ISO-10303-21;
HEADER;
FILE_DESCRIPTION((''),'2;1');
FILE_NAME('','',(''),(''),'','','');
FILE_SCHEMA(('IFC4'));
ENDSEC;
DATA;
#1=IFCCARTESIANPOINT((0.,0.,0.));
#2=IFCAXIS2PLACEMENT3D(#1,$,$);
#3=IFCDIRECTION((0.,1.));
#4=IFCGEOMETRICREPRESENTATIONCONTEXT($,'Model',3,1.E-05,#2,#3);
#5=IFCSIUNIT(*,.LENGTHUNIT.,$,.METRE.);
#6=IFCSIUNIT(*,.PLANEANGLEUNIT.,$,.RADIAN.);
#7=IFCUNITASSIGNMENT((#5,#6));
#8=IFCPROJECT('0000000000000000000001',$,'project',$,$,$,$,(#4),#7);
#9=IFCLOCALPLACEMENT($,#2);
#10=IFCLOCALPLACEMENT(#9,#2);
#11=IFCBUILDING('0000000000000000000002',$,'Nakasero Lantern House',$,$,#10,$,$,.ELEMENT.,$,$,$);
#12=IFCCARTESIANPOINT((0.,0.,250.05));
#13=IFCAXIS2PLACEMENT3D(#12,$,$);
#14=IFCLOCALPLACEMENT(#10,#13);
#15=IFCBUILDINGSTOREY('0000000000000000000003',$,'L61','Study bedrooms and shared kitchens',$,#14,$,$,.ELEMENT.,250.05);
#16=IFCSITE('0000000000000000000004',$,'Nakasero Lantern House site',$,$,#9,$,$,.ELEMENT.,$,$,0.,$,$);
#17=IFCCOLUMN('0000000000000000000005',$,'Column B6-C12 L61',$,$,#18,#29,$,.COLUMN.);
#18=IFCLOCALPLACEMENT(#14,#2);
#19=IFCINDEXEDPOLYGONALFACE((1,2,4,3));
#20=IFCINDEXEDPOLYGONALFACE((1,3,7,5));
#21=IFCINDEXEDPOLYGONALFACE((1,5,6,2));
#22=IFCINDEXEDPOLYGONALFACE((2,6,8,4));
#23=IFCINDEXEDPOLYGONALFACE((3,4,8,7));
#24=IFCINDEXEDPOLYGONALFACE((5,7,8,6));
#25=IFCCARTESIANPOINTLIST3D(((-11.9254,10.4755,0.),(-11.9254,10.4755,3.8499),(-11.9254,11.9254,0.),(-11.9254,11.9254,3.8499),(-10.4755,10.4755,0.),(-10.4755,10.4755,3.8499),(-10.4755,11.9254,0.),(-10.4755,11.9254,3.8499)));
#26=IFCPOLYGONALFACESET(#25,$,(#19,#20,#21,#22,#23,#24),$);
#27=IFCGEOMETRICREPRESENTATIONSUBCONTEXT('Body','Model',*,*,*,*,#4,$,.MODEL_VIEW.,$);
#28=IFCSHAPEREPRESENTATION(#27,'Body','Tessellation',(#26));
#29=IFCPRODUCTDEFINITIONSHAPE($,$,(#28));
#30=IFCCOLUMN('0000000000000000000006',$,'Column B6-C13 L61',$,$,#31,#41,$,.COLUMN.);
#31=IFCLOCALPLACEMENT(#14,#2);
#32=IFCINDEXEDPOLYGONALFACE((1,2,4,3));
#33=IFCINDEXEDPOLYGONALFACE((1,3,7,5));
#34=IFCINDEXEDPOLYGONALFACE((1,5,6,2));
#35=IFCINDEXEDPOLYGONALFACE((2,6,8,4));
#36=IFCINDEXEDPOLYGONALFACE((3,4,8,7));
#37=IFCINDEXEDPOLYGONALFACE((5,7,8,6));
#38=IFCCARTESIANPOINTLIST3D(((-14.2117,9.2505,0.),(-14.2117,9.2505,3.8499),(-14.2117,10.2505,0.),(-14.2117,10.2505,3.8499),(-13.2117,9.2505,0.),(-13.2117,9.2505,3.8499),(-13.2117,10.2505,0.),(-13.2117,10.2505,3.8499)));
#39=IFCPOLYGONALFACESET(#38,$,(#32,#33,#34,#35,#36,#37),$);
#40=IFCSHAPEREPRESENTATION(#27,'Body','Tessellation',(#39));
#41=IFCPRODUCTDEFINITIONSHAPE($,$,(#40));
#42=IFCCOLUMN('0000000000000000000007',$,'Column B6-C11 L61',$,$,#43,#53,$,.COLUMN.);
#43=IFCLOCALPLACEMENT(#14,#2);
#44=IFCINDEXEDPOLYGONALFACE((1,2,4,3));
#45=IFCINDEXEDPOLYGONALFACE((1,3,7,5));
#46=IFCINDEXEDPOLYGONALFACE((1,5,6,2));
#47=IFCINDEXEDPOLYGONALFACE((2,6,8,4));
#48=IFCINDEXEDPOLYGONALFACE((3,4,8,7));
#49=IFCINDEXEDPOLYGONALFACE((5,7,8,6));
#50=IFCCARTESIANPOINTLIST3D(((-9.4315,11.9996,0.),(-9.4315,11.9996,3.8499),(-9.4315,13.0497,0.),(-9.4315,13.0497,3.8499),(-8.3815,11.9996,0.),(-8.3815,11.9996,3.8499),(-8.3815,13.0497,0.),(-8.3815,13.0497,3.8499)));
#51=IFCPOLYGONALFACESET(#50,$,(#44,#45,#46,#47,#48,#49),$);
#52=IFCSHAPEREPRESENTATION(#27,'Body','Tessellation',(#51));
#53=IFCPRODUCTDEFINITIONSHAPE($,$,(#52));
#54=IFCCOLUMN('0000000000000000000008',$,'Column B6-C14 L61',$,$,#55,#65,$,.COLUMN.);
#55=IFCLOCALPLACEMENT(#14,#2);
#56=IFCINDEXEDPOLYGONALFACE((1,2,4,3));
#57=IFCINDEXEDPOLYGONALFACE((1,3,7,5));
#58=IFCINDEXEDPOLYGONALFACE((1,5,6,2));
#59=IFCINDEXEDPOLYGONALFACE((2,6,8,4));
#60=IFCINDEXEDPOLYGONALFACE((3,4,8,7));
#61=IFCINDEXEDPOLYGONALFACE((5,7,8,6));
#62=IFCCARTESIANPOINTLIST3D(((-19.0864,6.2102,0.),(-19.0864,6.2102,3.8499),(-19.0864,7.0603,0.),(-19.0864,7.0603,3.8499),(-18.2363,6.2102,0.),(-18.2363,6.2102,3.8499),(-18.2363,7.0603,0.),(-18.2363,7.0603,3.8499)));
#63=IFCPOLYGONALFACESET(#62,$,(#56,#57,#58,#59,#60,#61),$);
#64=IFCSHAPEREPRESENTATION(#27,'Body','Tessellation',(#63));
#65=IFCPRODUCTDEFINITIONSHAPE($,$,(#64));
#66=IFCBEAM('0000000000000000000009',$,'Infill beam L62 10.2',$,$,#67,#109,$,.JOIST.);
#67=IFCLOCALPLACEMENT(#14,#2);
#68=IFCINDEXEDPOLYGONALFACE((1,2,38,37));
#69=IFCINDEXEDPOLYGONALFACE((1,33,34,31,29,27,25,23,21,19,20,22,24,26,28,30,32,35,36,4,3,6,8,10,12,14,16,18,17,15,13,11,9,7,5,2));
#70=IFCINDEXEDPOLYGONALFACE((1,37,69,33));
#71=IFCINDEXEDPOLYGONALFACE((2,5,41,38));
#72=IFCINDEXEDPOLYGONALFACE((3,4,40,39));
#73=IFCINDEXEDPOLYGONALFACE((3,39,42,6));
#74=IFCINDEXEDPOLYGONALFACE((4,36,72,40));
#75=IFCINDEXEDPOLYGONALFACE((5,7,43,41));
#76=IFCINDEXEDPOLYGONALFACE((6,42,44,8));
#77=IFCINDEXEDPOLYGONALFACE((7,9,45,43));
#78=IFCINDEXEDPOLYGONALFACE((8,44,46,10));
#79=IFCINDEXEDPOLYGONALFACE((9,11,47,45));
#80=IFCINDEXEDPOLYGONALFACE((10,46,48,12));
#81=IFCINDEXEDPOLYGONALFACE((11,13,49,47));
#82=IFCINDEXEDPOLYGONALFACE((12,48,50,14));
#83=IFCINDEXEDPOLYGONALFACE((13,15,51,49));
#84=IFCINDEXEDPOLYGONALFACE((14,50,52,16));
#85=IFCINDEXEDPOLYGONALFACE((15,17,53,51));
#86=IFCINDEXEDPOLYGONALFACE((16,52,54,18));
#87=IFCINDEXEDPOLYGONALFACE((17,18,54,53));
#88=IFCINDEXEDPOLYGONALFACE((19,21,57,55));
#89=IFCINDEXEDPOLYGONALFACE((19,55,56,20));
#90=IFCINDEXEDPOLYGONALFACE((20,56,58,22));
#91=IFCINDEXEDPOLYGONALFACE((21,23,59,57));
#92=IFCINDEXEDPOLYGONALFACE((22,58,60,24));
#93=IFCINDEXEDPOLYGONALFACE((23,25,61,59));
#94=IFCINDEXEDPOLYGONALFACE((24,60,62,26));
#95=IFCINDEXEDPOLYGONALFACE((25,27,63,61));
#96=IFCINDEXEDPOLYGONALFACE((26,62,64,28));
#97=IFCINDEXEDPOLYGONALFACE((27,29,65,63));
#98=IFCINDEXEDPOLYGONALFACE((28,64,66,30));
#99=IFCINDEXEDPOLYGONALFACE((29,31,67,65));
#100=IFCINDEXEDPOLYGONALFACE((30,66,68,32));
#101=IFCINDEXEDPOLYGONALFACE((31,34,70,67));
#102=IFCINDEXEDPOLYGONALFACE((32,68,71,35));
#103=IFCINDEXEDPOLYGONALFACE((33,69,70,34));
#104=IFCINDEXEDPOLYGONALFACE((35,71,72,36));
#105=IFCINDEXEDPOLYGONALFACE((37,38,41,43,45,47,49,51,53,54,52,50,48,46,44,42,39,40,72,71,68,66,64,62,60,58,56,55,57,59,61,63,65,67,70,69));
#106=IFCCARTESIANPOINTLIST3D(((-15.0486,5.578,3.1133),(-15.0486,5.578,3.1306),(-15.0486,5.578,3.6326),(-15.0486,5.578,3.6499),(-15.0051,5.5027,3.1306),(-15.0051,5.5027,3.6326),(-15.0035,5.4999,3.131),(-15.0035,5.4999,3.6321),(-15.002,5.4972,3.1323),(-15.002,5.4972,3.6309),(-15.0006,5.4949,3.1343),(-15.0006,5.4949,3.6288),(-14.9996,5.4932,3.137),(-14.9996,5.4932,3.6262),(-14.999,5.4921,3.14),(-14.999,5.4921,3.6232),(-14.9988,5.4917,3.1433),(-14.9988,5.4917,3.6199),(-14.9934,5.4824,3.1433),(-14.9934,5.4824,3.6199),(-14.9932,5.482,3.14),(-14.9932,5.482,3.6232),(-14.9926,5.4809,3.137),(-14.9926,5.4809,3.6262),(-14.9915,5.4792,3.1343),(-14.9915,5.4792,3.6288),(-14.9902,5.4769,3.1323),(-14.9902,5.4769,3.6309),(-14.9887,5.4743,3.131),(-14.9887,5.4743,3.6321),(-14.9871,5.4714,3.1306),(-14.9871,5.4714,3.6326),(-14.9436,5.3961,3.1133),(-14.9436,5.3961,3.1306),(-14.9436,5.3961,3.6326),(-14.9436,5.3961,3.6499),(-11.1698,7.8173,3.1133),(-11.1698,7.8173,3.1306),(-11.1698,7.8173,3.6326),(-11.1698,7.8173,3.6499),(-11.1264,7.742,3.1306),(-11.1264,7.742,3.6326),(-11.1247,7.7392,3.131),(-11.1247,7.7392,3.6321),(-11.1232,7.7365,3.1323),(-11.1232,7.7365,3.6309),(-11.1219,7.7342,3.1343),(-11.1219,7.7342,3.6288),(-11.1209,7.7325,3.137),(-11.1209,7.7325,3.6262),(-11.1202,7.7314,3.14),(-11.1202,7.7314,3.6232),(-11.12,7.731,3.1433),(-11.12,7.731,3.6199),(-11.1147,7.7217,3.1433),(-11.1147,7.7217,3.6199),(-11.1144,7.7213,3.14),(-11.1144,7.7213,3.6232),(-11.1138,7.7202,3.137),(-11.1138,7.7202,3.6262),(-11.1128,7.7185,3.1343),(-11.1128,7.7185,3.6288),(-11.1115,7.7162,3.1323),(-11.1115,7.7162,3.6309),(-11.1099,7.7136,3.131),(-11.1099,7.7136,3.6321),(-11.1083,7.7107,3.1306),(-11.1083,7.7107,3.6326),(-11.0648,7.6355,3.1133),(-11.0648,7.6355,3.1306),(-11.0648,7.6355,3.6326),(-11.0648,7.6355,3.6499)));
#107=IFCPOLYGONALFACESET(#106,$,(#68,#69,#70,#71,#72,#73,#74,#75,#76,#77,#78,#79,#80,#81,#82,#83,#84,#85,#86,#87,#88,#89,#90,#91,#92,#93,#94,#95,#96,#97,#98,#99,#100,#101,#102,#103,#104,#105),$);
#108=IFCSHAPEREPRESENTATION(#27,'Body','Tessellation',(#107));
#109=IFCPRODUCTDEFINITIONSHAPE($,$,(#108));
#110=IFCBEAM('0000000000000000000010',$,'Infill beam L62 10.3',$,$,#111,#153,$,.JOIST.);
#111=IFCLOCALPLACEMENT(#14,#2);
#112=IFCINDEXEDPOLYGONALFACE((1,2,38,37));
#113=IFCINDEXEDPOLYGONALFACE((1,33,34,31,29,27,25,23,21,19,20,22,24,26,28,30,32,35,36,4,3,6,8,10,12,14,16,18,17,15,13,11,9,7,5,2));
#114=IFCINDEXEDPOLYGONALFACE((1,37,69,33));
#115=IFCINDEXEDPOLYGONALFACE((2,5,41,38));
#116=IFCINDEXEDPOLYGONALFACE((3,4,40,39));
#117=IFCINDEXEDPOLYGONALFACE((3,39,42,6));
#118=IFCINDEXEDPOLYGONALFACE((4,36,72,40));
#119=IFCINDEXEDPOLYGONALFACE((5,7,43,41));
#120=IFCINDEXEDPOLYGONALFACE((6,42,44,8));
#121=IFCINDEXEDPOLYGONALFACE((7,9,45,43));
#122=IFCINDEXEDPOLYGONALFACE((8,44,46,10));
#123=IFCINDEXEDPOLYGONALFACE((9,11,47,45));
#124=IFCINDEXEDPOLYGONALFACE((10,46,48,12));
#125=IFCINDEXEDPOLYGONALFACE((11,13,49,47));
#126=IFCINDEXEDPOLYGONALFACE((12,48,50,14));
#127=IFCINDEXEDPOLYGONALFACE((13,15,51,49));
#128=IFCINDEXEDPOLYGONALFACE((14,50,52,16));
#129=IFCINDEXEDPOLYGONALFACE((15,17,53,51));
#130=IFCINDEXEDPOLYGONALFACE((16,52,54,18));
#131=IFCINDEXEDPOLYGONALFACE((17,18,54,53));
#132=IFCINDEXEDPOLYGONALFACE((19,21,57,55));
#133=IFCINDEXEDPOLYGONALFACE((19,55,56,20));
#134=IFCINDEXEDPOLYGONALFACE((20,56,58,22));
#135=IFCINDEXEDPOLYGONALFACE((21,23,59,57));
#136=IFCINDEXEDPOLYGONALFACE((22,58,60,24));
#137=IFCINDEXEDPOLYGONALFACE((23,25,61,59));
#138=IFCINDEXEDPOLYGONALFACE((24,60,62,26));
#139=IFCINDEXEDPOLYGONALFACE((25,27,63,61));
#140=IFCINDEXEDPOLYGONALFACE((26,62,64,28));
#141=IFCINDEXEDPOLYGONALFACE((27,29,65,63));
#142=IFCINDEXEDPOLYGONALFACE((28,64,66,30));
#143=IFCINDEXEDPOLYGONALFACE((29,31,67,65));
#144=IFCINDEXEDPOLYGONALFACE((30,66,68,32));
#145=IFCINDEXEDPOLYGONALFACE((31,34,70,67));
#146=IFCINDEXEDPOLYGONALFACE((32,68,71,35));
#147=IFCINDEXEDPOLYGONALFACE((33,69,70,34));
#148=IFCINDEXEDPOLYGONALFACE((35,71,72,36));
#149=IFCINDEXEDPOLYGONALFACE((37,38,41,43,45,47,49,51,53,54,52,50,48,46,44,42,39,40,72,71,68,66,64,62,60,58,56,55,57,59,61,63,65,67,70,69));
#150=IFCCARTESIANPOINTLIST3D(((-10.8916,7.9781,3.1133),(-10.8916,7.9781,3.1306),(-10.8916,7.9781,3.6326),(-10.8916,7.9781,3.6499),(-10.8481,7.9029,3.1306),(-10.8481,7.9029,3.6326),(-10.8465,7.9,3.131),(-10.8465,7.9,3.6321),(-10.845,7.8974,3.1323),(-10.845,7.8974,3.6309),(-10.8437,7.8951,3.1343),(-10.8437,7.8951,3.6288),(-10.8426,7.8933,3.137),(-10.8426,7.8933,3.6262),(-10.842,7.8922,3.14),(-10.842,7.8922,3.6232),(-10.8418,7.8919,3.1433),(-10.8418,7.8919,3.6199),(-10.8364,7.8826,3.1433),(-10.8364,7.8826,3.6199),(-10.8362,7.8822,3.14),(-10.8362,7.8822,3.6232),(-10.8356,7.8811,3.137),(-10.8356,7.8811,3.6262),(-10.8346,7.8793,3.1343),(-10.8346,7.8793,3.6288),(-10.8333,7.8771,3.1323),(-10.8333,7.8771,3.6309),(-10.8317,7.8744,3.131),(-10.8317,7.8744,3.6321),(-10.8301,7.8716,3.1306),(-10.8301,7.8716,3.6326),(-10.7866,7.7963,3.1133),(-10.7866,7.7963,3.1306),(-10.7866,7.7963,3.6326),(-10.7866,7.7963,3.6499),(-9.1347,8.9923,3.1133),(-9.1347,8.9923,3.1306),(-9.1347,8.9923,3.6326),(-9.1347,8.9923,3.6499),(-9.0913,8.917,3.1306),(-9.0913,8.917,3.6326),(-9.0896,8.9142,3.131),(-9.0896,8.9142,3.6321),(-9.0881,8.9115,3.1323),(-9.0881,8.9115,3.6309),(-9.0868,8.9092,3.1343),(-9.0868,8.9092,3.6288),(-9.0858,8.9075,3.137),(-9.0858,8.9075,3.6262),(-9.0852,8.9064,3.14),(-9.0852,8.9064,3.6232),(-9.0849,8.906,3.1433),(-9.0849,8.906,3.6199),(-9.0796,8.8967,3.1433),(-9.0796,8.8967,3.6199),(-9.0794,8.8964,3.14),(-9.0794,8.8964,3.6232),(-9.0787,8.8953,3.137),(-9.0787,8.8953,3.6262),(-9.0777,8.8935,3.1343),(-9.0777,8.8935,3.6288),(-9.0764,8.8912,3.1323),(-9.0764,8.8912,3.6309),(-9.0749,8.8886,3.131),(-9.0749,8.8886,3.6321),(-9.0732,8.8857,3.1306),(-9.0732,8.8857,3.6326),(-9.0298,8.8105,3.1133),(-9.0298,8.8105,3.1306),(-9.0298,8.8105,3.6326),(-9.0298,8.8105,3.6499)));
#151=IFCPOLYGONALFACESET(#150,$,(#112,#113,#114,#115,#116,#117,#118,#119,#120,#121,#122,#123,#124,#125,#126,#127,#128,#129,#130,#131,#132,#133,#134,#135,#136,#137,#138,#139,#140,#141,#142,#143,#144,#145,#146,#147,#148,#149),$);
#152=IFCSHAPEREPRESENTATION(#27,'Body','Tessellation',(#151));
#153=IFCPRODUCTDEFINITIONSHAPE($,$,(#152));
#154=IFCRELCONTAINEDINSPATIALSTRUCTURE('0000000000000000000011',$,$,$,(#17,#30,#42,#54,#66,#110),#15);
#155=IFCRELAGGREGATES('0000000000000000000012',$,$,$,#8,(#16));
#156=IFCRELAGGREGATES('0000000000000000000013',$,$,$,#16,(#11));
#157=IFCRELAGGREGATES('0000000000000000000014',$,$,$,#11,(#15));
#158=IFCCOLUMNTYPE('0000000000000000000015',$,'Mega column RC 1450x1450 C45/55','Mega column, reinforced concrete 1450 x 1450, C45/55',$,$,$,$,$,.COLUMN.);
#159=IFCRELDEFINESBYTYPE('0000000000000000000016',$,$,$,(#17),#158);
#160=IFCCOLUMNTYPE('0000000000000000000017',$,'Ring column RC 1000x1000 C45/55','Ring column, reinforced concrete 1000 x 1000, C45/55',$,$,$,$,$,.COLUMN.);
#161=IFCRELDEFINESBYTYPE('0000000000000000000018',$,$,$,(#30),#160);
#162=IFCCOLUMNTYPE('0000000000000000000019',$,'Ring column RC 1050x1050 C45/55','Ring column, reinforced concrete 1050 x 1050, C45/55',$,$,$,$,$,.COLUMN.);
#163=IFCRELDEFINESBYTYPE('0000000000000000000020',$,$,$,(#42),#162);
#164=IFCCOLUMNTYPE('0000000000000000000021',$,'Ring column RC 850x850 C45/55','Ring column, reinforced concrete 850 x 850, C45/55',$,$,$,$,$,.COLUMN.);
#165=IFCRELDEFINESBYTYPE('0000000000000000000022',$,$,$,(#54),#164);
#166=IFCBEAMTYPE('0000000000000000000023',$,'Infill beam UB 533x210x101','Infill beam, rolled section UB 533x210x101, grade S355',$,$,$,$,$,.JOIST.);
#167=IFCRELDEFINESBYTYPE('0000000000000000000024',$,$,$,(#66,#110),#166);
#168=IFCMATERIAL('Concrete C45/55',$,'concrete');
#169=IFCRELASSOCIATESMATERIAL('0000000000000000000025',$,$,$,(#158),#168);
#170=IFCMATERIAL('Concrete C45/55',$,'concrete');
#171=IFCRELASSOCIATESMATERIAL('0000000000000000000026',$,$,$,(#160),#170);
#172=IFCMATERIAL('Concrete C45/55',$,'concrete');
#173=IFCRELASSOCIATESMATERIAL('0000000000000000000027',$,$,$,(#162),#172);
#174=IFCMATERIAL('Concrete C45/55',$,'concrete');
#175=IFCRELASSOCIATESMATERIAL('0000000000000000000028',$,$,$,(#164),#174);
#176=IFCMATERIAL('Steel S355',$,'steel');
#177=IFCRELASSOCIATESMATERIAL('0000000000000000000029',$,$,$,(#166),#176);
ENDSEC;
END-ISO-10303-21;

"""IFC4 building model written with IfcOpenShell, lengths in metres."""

from ifc_helpers import new_model, si_unit, direction, frame, origin, origin_2d, place, context, subcontext, project, spatial, rectangle, i_section, extrude, material, material_profile, profile_set, type_object, element, save


model = new_model("IFC4")

# Units and contexts
model_context = context("Model", 3, precision=1e-05, world=origin(), true_north=direction((0.0, 1.0)))
body_context = subcontext(model_context, "Body", "Model", "MODEL_VIEW")
ifc_project = project(units=[si_unit("LENGTHUNIT", "METRE"), si_unit("PLANEANGLEUNIT", "RADIAN")], contexts=[model_context])

# Site, building, storey
site_placement = place(None, origin())
site = spatial("IfcSite", under=ifc_project, at=site_placement, Name="Nakasero Lantern House site", CompositionType="ELEMENT", RefElevation=0.0)
building_placement = place(site_placement, origin())
building = spatial("IfcBuilding", under=site, at=building_placement, Name="Nakasero Lantern House", CompositionType="ELEMENT")
storey_placement = place(building_placement, frame((0.0, 0.0, 250.05)))
storey = spatial("IfcBuildingStorey", under=building, at=storey_placement, Name="L61", Description="Study bedrooms and shared kitchens", CompositionType="ELEMENT", Elevation=250.05)

# Columns
ifc_material_1 = material(Name="Concrete C45/55", Category="concrete")
ifc_material_profile_1 = material_profile(ifc_material_1, rectangle(XDim=1.45, YDim=1.45, at=origin_2d()), Name="RC 1450x1450")
ifc_profile_set_1 = profile_set([ifc_material_profile_1], Name="Concrete C45/55")
column_type_1 = type_object("IfcColumnType", Name="Mega column RC 1450x1450 C45/55", Description="Mega column, reinforced concrete 1450 x 1450, C45/55", PredefinedType="COLUMN", material=ifc_profile_set_1)
column_1_placement = place(storey_placement, frame((-11.2004, 11.2004, 0.0), z_axis=(0.0, 0.0, 1.0), x_axis=(1.0, 0.0, 0.0)))
element("IfcColumn", 1, at=column_1_placement, inside=storey, type_object=column_type_1, Name="Column B6-C12 L61", PredefinedType="COLUMN", context=body_context, shape_type="SweptSolid", body=[
    extrude(rectangle(XDim=1.45, YDim=1.45, at=origin_2d()), origin(), (0.0, 0.0, 1.0), 3.8499),
])
ifc_material_2 = material(Name="Concrete C45/55", Category="concrete")
ifc_material_profile_2 = material_profile(ifc_material_2, rectangle(XDim=1.0, YDim=1.0, at=origin_2d()), Name="RC 1000x1000")
ifc_profile_set_2 = profile_set([ifc_material_profile_2], Name="Concrete C45/55")
column_type_2 = type_object("IfcColumnType", Name="Ring column RC 1000x1000 C45/55", Description="Ring column, reinforced concrete 1000 x 1000, C45/55", PredefinedType="COLUMN", material=ifc_profile_set_2)
column_2_placement = place(storey_placement, frame((-13.7117, 9.7505, 0.0), z_axis=(0.0, 0.0, 1.0), x_axis=(1.0, 0.0, 0.0)))
element("IfcColumn", 2, at=column_2_placement, inside=storey, type_object=column_type_2, Name="Column B6-C13 L61", PredefinedType="COLUMN", context=body_context, shape_type="SweptSolid", body=[
    extrude(rectangle(XDim=1.0, YDim=1.0, at=origin_2d()), origin(), (0.0, 0.0, 1.0), 3.8499),
])
ifc_material_3 = material(Name="Concrete C45/55", Category="concrete")
ifc_material_profile_3 = material_profile(ifc_material_3, rectangle(XDim=1.05, YDim=1.05, at=origin_2d()), Name="RC 1050x1050")
ifc_profile_set_3 = profile_set([ifc_material_profile_3], Name="Concrete C45/55")
column_type_3 = type_object("IfcColumnType", Name="Ring column RC 1050x1050 C45/55", Description="Ring column, reinforced concrete 1050 x 1050, C45/55", PredefinedType="COLUMN", material=ifc_profile_set_3)
column_3_placement = place(storey_placement, frame((-8.9065, 12.5247, 0.0), z_axis=(0.0, 0.0, 1.0), x_axis=(1.0, 0.0, 0.0)))
element("IfcColumn", 3, at=column_3_placement, inside=storey, type_object=column_type_3, Name="Column B6-C11 L61", PredefinedType="COLUMN", context=body_context, shape_type="SweptSolid", body=[
    extrude(rectangle(XDim=1.05, YDim=1.05, at=origin_2d()), origin(), (0.0, 0.0, 1.0), 3.8499),
])
ifc_material_4 = material(Name="Concrete C45/55", Category="concrete")
ifc_material_profile_4 = material_profile(ifc_material_4, rectangle(XDim=0.8501, YDim=0.8501, at=origin_2d()), Name="RC 850x850")
ifc_profile_set_4 = profile_set([ifc_material_profile_4], Name="Concrete C45/55")
column_type_4 = type_object("IfcColumnType", Name="Ring column RC 850x850 C45/55", Description="Ring column, reinforced concrete 850 x 850, C45/55", PredefinedType="COLUMN", material=ifc_profile_set_4)
column_4_placement = place(storey_placement, frame((-18.6614, 6.6353, 0.0), z_axis=(0.0, 0.0, 1.0), x_axis=(1.0, 0.0, 0.0)))
element("IfcColumn", 4, at=column_4_placement, inside=storey, type_object=column_type_4, Name="Column B6-C14 L61", PredefinedType="COLUMN", context=body_context, shape_type="SweptSolid", body=[
    extrude(rectangle(XDim=0.8501, YDim=0.8501, at=origin_2d()), origin(), (0.0, 0.0, 1.0), 3.8499),
])

# Beams
ifc_material_5 = material(Name="Steel S355", Category="steel")
ifc_material_profile_5 = material_profile(ifc_material_5, i_section(OverallWidth=0.21, OverallDepth=0.5366, WebThickness=0.0107, FlangeThickness=0.0173, FilletRadius=0.0127, at=origin_2d()), Name="UB 533x210x101")
ifc_profile_set_5 = profile_set([ifc_material_profile_5], Name="Steel S355")
beam_type_1 = type_object("IfcBeamType", Name="Infill beam UB 533x210x101", Description="Infill beam, rolled section UB 533x210x101, grade S355", PredefinedType="JOIST", material=ifc_profile_set_5)
beam_1_placement = place(storey_placement, frame((-14.9961, 5.4871, 3.3816), z_axis=(0.866034, 0.499985, 0.0), x_axis=(-0.499985, 0.866034, 0.0)))
element("IfcBeam", 5, at=beam_1_placement, inside=storey, type_object=beam_type_1, Name="Infill beam L62 10.2", PredefinedType="JOIST", context=body_context, shape_type="SweptSolid", body=[
    extrude(i_section(OverallWidth=0.21, OverallDepth=0.5366, WebThickness=0.0107, FlangeThickness=0.0173, FilletRadius=0.0127, at=origin_2d()), origin(), (0.0, 0.0, 1.0), 4.4788),
])
beam_2_placement = place(storey_placement, frame((-10.8391, 7.8872, 3.3816), z_axis=(0.866057, 0.499945, 0.0), x_axis=(-0.499945, 0.866057, 0.0)))
element("IfcBeam", 6, at=beam_2_placement, inside=storey, type_object=beam_type_1, Name="Infill beam L62 10.3", PredefinedType="JOIST", context=body_context, shape_type="SweptSolid", body=[
    extrude(i_section(OverallWidth=0.21, OverallDepth=0.5366, WebThickness=0.0107, FlangeThickness=0.0173, FilletRadius=0.0127, at=origin_2d()), origin(), (0.0, 0.0, 1.0), 2.0286),
])

save(model, "model.ifc")
